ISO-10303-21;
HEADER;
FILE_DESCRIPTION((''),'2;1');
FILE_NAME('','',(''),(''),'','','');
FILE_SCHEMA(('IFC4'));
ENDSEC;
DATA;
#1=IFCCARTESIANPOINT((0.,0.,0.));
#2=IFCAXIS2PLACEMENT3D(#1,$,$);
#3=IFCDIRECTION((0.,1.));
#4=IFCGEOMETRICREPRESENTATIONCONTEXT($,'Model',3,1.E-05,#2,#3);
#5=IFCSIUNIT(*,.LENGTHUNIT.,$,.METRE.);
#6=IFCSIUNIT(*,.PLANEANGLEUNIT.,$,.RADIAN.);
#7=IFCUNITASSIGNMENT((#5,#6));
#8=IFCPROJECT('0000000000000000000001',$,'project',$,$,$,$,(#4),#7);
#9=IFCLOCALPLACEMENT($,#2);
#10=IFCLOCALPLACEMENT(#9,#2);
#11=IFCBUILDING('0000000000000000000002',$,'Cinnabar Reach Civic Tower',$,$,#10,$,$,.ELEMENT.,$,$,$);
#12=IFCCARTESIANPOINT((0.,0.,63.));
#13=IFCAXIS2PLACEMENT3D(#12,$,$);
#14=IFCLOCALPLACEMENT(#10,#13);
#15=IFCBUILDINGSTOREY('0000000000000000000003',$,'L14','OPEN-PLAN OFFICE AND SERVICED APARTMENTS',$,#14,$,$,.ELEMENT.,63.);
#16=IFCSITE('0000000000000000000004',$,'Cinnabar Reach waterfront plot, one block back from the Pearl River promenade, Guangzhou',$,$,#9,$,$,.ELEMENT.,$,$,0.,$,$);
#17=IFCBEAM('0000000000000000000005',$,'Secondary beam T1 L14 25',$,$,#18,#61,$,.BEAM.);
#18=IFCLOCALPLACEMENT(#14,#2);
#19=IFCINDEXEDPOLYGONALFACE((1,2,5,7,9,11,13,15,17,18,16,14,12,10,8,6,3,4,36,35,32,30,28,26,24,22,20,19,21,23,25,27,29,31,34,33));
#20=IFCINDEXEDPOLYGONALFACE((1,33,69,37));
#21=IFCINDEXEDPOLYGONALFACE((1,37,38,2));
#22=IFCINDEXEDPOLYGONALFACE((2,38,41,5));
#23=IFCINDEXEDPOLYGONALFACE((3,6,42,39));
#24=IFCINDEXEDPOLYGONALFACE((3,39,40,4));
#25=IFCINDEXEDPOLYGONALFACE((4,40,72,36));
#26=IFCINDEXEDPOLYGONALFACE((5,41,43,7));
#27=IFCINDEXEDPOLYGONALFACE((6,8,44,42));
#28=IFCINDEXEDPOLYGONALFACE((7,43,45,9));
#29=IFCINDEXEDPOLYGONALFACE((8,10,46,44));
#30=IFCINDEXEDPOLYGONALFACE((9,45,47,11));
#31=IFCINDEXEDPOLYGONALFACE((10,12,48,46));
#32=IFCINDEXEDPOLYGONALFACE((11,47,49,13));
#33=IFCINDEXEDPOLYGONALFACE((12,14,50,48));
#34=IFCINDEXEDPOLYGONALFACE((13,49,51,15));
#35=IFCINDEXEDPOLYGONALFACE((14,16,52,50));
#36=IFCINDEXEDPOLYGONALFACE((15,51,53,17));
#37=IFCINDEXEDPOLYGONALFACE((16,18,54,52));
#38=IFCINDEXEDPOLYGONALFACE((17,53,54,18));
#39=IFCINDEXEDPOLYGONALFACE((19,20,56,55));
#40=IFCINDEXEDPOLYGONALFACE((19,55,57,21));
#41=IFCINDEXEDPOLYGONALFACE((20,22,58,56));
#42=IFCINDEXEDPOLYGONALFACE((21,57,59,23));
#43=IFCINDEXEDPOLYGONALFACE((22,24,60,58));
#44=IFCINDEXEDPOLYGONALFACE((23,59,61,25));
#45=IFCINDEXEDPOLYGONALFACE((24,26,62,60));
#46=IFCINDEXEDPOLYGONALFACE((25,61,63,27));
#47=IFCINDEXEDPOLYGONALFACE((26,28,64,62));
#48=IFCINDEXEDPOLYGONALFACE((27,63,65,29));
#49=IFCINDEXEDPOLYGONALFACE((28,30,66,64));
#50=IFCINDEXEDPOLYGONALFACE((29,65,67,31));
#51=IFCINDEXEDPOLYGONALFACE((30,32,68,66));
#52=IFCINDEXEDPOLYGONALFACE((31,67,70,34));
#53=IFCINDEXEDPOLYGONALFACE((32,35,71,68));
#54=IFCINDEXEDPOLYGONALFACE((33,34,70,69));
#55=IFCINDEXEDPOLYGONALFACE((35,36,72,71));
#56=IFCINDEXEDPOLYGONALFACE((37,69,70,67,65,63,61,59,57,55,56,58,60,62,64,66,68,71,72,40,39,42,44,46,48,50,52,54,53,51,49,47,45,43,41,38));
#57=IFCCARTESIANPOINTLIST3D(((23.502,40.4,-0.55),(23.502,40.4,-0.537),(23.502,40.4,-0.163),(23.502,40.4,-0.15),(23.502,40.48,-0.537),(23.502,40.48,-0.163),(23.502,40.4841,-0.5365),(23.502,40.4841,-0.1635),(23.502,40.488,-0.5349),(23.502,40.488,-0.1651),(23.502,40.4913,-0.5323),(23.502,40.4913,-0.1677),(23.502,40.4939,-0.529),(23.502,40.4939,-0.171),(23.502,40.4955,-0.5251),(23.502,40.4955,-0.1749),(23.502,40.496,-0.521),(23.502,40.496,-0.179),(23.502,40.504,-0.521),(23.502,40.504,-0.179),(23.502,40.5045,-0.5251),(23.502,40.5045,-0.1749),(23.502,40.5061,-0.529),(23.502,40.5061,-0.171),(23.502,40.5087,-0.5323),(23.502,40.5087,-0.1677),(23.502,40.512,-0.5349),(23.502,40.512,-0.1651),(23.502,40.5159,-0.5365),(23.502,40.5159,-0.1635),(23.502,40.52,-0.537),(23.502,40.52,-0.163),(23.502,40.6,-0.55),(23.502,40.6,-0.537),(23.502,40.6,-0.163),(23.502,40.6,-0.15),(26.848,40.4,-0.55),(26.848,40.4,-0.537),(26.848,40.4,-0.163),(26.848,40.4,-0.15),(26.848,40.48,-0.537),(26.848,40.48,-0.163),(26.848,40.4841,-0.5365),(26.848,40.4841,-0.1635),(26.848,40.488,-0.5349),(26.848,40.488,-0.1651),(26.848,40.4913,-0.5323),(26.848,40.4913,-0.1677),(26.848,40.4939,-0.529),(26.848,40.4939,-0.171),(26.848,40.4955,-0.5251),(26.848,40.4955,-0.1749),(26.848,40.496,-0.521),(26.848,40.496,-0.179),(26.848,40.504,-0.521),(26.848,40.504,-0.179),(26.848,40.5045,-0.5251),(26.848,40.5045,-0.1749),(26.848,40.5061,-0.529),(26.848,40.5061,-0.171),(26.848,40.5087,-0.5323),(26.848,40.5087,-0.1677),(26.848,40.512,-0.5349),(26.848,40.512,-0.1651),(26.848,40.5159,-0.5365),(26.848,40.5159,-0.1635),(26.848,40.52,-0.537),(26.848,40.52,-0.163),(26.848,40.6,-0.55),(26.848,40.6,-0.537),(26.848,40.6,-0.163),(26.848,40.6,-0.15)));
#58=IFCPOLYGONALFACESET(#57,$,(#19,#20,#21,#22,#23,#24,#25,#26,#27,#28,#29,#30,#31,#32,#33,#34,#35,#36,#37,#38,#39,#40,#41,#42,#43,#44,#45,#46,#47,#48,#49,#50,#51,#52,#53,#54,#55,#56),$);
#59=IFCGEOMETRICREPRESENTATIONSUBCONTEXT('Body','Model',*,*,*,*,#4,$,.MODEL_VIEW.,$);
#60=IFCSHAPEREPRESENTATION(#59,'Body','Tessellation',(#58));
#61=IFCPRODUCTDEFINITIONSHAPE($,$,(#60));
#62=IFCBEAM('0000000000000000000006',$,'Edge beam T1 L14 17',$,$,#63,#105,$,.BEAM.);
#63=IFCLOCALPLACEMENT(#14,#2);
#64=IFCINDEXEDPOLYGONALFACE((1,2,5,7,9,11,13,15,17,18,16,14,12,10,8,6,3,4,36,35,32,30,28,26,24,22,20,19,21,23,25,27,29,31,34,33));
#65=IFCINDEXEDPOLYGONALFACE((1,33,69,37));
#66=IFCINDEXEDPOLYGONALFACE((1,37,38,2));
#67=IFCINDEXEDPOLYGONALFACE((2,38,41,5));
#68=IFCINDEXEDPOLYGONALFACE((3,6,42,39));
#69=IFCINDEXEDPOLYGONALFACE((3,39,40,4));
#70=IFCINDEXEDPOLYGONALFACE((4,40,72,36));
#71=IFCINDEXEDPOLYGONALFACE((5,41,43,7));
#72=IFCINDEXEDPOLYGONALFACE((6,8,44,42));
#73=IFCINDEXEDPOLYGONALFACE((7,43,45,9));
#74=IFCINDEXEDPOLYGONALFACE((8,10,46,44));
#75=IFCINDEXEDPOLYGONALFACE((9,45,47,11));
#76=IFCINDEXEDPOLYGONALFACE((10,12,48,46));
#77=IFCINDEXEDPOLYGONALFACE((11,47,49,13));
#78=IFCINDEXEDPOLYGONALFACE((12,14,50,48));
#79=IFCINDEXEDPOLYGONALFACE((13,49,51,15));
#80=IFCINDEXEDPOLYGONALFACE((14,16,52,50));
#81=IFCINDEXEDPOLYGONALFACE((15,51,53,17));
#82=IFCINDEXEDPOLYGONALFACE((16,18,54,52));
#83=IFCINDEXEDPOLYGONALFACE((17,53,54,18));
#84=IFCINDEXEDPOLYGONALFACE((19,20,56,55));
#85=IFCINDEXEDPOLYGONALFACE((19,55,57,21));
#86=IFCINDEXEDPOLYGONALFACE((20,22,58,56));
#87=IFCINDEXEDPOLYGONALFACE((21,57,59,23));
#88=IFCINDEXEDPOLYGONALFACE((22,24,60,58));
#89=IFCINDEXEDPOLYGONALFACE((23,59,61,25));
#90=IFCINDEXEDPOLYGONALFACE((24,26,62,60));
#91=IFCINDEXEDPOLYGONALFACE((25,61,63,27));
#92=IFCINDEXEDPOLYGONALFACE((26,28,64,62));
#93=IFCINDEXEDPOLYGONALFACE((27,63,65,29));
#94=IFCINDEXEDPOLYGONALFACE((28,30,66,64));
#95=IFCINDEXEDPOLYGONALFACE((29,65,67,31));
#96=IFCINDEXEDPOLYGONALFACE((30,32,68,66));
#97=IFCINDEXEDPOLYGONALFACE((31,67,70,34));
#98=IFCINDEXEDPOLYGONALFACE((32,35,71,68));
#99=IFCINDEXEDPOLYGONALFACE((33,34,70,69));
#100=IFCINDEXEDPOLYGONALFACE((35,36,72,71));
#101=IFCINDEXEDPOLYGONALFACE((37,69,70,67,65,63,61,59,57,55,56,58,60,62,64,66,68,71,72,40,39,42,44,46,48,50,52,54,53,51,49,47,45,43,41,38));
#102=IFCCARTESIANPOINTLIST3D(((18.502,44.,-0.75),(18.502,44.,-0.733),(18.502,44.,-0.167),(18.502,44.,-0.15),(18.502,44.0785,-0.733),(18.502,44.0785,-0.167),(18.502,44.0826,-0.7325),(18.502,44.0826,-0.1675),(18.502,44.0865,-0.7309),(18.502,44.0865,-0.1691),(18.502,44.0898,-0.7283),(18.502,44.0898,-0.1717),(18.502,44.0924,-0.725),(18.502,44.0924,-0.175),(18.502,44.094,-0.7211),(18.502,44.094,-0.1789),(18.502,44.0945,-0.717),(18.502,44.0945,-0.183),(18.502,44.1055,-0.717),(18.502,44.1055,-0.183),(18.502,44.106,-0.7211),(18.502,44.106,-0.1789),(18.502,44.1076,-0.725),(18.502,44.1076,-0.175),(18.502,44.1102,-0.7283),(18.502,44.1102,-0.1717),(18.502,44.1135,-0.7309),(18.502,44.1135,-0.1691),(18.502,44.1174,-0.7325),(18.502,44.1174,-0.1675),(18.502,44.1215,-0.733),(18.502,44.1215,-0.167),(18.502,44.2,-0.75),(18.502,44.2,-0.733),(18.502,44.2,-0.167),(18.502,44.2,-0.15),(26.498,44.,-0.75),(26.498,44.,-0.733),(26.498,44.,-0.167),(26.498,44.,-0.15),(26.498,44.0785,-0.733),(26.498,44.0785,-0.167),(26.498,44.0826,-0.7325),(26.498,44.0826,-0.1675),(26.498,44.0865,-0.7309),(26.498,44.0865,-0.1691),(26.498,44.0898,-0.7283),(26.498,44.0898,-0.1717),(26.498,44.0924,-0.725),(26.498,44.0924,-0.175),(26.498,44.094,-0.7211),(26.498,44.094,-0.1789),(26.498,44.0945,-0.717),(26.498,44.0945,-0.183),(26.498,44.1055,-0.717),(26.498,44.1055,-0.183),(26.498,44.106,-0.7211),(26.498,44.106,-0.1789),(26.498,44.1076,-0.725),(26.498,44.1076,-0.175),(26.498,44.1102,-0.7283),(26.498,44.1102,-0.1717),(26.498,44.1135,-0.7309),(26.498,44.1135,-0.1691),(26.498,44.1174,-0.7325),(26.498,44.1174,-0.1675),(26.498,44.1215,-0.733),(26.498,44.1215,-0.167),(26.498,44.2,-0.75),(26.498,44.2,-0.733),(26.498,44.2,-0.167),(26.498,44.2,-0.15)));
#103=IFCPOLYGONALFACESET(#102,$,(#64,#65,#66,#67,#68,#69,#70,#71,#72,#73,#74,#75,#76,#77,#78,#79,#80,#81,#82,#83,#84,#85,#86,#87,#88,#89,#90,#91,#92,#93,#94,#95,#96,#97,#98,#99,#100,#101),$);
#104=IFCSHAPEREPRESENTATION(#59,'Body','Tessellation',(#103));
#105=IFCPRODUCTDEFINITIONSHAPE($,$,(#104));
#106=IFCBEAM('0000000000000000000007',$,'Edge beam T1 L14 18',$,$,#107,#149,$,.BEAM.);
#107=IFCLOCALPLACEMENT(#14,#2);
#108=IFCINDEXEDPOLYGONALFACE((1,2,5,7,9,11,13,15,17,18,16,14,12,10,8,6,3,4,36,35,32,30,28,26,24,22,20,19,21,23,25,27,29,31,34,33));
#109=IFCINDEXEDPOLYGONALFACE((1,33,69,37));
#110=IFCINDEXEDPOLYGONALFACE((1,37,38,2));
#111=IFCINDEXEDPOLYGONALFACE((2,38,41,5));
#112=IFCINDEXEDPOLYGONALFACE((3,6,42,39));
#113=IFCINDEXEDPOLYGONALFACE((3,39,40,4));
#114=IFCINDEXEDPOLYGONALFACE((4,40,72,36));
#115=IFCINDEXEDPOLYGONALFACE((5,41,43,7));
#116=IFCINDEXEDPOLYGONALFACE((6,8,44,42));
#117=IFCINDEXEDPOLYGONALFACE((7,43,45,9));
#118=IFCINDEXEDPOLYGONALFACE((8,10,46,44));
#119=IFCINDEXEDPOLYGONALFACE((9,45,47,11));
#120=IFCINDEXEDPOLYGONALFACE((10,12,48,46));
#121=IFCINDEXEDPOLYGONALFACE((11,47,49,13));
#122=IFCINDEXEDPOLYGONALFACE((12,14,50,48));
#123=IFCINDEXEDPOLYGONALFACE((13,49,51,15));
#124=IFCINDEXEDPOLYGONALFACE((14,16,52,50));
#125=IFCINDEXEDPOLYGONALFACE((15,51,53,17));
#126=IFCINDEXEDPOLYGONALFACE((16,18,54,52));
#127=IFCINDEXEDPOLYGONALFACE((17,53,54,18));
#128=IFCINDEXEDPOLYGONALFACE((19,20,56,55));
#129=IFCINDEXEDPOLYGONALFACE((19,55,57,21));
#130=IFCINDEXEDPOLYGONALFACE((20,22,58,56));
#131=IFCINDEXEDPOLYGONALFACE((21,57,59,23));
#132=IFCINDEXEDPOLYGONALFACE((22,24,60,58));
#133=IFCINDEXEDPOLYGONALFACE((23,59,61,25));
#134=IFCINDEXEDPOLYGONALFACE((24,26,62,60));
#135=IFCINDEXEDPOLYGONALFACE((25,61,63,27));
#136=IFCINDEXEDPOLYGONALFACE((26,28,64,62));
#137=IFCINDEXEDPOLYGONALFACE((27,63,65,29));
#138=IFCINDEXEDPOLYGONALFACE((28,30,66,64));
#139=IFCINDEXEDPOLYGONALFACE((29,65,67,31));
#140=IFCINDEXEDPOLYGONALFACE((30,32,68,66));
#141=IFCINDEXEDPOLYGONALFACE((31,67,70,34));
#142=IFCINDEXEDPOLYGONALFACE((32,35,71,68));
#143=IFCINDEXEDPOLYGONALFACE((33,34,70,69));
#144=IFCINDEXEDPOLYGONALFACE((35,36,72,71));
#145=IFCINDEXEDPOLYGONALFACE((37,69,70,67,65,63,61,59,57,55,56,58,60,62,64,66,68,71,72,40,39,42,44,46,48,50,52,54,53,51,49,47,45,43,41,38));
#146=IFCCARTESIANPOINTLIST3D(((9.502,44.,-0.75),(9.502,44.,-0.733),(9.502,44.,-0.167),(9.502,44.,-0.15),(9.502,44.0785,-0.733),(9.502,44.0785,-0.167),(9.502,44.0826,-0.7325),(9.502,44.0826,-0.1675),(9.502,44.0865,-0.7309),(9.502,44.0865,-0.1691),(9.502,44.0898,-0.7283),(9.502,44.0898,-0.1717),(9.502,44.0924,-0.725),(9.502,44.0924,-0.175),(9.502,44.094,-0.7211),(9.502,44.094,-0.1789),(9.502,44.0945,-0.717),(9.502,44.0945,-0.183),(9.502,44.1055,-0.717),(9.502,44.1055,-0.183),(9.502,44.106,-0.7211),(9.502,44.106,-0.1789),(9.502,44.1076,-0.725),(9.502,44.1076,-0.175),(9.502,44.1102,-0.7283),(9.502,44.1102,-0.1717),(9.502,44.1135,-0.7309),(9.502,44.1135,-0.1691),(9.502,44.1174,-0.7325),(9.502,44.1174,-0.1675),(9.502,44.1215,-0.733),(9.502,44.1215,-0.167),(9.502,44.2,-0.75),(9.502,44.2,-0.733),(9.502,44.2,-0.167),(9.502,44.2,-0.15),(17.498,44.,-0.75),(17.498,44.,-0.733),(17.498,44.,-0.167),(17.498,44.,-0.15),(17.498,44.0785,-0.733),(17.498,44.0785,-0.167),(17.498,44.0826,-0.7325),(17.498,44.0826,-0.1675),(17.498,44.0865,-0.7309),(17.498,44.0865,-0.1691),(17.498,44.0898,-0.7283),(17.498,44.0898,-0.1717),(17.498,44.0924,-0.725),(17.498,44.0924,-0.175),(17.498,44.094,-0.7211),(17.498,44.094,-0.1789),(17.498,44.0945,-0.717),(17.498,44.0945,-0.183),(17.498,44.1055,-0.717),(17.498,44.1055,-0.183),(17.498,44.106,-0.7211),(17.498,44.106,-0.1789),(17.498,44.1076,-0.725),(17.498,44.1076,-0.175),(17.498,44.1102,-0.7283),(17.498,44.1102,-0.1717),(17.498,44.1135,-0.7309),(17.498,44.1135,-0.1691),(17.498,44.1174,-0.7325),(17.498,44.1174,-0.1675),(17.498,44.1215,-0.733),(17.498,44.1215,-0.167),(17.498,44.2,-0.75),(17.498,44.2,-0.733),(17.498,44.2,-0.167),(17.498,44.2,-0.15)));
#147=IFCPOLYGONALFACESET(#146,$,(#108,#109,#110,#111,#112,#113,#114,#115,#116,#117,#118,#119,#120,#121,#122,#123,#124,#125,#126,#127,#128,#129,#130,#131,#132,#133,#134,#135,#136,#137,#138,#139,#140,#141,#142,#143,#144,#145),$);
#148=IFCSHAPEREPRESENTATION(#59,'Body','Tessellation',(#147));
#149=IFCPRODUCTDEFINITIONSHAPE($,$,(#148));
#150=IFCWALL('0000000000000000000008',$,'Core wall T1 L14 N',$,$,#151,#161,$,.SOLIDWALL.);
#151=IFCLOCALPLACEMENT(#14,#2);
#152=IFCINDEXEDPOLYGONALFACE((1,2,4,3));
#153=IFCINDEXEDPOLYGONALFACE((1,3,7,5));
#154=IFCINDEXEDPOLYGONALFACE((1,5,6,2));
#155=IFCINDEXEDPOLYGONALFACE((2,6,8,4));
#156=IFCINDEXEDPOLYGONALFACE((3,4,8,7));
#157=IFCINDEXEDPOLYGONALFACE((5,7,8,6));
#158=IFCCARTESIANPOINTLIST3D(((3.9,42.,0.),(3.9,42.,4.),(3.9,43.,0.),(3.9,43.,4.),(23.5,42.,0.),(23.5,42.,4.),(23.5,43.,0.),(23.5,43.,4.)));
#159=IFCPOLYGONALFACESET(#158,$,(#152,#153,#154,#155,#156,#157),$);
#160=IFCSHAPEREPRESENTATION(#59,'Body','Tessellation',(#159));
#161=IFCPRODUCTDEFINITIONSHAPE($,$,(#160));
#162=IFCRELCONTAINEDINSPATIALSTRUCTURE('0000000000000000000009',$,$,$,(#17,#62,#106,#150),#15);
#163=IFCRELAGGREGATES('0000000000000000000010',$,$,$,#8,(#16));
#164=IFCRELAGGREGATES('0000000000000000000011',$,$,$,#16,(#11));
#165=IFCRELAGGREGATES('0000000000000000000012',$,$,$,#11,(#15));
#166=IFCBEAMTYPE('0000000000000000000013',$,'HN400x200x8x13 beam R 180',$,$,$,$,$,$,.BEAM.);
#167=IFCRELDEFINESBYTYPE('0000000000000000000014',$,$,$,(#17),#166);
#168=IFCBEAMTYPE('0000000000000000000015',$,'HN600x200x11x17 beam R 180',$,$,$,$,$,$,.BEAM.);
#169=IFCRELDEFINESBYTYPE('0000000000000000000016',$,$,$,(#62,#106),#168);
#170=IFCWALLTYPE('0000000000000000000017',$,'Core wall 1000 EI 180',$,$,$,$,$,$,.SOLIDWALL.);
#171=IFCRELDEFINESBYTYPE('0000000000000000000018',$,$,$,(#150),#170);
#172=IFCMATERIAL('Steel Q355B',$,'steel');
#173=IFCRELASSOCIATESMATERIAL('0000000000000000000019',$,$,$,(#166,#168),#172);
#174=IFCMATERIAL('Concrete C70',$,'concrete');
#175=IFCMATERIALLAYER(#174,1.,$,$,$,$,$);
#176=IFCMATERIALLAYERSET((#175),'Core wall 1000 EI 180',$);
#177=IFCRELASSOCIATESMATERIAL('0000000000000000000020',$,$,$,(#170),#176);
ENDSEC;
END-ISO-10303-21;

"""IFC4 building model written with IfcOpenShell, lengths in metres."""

from ifc_helpers import new_model, si_unit, direction, frame, frame_2d, origin, origin_2d, place, context, subcontext, project, spatial, rectangle, i_section, extrude, material, layer, layer_set, material_profile, profile_set, type_object, element, save


model = new_model("IFC4")

# Units and contexts
model_context = context("Model", 3, precision=1e-05, world=origin(), true_north=direction((0.0, 1.0)))
body_context = subcontext(model_context, "Body", "Model", "MODEL_VIEW")
ifc_project = project(units=[si_unit("LENGTHUNIT", "METRE"), si_unit("PLANEANGLEUNIT", "RADIAN")], contexts=[model_context])

# Site, building, storey
site_placement = place(None, origin())
site = spatial("IfcSite", under=ifc_project, at=site_placement, Name="Cinnabar Reach waterfront plot, one block back from the Pearl River promenade, Guangzhou", CompositionType="ELEMENT", RefElevation=0.0)
building_placement = place(site_placement, origin())
building = spatial("IfcBuilding", under=site, at=building_placement, Name="Cinnabar Reach Civic Tower", CompositionType="ELEMENT")
storey_placement = place(building_placement, frame((0.0, 0.0, 63.0)))
storey = spatial("IfcBuildingStorey", under=building, at=storey_placement, Name="L14", Description="OPEN-PLAN OFFICE AND SERVICED APARTMENTS", CompositionType="ELEMENT", Elevation=63.0)

# Shared definitions
ifc_material_1 = material(Name="Concrete C70", Category="concrete")

# Beams
ifc_material_2 = material(Name="Steel Q355B", Category="steel")
ifc_material_profile_1 = material_profile(ifc_material_2, i_section(OverallWidth=0.2, OverallDepth=0.4, WebThickness=0.008, FlangeThickness=0.013, FilletRadius=0.016, at=origin_2d()), Name="HN400x200x8x13")
ifc_profile_set_1 = profile_set([ifc_material_profile_1], Name="Steel Q355B")
beam_type_1 = type_object("IfcBeamType", Name="HN400x200x8x13 beam R 180", PredefinedType="BEAM", material=ifc_profile_set_1)
for number, where, z_axis, x_axis, name in (
    (1, (23.502, 40.5, -0.35), (1.0, 0.0, 0.0), (0.0, 1.0, 0.0), "Secondary beam T1 L14 25"),
):
    element("IfcBeam", number, at=place(storey_placement, frame(where, z_axis=z_axis, x_axis=x_axis)), inside=storey, type_object=beam_type_1, Name=name, PredefinedType="BEAM", context=body_context, shape_type="SweptSolid", body=[
        extrude(i_section(OverallWidth=0.2, OverallDepth=0.4, WebThickness=0.008, FlangeThickness=0.013, FilletRadius=0.016, at=origin_2d()), origin(), (0.0, 0.0, 1.0), 3.346),
    ])
ifc_material_profile_2 = material_profile(ifc_material_2, i_section(OverallWidth=0.2, OverallDepth=0.6, WebThickness=0.011, FlangeThickness=0.017, FilletRadius=0.016, at=origin_2d()), Name="HN600x200x11x17")
ifc_profile_set_2 = profile_set([ifc_material_profile_2], Name="Steel Q355B")
beam_type_2 = type_object("IfcBeamType", Name="HN600x200x11x17 beam R 180", PredefinedType="BEAM", material=ifc_profile_set_2)
for number, where, z_axis, x_axis, name in (
    (2, (26.498, 44.1, -0.45), (-1.0, 0.0, 0.0), (0.0, -1.0, 0.0), "Edge beam T1 L14 17"),
    (3, (17.498, 44.1, -0.45), (-1.0, 0.0, 0.0), (0.0, -1.0, 0.0), "Edge beam T1 L14 18"),
):
    element("IfcBeam", number, at=place(storey_placement, frame(where, z_axis=z_axis, x_axis=x_axis)), inside=storey, type_object=beam_type_2, Name=name, PredefinedType="BEAM", context=body_context, shape_type="SweptSolid", body=[
        extrude(i_section(OverallWidth=0.2, OverallDepth=0.6, WebThickness=0.011, FlangeThickness=0.017, FilletRadius=0.016, at=origin_2d()), origin(), (0.0, 0.0, 1.0), 7.996),
    ])

# Wall
ifc_layer_1 = layer(ifc_material_1, 1.0)
ifc_layer_set_1 = layer_set([ifc_layer_1], Name="Core wall 1000 EI 180")
wall_type_1 = type_object("IfcWallType", Name="Core wall 1000 EI 180", PredefinedType="SOLIDWALL", material=ifc_layer_set_1)
wall_1_placement = place(storey_placement, frame((23.5, 42.5, 0.0), z_axis=(0.0, 0.0, 1.0), x_axis=(-1.0, 0.0, 0.0)))
element("IfcWall", 4, at=wall_1_placement, inside=storey, type_object=wall_type_1, Name="Core wall T1 L14 N", PredefinedType="SOLIDWALL", context=body_context, shape_type="SweptSolid", body=[
    extrude(rectangle(XDim=19.6, YDim=1.0, at=frame_2d((9.8, 0.0))), origin(), (0.0, 0.0, 1.0), 4.0),
])

save(model, "model.ifc")
